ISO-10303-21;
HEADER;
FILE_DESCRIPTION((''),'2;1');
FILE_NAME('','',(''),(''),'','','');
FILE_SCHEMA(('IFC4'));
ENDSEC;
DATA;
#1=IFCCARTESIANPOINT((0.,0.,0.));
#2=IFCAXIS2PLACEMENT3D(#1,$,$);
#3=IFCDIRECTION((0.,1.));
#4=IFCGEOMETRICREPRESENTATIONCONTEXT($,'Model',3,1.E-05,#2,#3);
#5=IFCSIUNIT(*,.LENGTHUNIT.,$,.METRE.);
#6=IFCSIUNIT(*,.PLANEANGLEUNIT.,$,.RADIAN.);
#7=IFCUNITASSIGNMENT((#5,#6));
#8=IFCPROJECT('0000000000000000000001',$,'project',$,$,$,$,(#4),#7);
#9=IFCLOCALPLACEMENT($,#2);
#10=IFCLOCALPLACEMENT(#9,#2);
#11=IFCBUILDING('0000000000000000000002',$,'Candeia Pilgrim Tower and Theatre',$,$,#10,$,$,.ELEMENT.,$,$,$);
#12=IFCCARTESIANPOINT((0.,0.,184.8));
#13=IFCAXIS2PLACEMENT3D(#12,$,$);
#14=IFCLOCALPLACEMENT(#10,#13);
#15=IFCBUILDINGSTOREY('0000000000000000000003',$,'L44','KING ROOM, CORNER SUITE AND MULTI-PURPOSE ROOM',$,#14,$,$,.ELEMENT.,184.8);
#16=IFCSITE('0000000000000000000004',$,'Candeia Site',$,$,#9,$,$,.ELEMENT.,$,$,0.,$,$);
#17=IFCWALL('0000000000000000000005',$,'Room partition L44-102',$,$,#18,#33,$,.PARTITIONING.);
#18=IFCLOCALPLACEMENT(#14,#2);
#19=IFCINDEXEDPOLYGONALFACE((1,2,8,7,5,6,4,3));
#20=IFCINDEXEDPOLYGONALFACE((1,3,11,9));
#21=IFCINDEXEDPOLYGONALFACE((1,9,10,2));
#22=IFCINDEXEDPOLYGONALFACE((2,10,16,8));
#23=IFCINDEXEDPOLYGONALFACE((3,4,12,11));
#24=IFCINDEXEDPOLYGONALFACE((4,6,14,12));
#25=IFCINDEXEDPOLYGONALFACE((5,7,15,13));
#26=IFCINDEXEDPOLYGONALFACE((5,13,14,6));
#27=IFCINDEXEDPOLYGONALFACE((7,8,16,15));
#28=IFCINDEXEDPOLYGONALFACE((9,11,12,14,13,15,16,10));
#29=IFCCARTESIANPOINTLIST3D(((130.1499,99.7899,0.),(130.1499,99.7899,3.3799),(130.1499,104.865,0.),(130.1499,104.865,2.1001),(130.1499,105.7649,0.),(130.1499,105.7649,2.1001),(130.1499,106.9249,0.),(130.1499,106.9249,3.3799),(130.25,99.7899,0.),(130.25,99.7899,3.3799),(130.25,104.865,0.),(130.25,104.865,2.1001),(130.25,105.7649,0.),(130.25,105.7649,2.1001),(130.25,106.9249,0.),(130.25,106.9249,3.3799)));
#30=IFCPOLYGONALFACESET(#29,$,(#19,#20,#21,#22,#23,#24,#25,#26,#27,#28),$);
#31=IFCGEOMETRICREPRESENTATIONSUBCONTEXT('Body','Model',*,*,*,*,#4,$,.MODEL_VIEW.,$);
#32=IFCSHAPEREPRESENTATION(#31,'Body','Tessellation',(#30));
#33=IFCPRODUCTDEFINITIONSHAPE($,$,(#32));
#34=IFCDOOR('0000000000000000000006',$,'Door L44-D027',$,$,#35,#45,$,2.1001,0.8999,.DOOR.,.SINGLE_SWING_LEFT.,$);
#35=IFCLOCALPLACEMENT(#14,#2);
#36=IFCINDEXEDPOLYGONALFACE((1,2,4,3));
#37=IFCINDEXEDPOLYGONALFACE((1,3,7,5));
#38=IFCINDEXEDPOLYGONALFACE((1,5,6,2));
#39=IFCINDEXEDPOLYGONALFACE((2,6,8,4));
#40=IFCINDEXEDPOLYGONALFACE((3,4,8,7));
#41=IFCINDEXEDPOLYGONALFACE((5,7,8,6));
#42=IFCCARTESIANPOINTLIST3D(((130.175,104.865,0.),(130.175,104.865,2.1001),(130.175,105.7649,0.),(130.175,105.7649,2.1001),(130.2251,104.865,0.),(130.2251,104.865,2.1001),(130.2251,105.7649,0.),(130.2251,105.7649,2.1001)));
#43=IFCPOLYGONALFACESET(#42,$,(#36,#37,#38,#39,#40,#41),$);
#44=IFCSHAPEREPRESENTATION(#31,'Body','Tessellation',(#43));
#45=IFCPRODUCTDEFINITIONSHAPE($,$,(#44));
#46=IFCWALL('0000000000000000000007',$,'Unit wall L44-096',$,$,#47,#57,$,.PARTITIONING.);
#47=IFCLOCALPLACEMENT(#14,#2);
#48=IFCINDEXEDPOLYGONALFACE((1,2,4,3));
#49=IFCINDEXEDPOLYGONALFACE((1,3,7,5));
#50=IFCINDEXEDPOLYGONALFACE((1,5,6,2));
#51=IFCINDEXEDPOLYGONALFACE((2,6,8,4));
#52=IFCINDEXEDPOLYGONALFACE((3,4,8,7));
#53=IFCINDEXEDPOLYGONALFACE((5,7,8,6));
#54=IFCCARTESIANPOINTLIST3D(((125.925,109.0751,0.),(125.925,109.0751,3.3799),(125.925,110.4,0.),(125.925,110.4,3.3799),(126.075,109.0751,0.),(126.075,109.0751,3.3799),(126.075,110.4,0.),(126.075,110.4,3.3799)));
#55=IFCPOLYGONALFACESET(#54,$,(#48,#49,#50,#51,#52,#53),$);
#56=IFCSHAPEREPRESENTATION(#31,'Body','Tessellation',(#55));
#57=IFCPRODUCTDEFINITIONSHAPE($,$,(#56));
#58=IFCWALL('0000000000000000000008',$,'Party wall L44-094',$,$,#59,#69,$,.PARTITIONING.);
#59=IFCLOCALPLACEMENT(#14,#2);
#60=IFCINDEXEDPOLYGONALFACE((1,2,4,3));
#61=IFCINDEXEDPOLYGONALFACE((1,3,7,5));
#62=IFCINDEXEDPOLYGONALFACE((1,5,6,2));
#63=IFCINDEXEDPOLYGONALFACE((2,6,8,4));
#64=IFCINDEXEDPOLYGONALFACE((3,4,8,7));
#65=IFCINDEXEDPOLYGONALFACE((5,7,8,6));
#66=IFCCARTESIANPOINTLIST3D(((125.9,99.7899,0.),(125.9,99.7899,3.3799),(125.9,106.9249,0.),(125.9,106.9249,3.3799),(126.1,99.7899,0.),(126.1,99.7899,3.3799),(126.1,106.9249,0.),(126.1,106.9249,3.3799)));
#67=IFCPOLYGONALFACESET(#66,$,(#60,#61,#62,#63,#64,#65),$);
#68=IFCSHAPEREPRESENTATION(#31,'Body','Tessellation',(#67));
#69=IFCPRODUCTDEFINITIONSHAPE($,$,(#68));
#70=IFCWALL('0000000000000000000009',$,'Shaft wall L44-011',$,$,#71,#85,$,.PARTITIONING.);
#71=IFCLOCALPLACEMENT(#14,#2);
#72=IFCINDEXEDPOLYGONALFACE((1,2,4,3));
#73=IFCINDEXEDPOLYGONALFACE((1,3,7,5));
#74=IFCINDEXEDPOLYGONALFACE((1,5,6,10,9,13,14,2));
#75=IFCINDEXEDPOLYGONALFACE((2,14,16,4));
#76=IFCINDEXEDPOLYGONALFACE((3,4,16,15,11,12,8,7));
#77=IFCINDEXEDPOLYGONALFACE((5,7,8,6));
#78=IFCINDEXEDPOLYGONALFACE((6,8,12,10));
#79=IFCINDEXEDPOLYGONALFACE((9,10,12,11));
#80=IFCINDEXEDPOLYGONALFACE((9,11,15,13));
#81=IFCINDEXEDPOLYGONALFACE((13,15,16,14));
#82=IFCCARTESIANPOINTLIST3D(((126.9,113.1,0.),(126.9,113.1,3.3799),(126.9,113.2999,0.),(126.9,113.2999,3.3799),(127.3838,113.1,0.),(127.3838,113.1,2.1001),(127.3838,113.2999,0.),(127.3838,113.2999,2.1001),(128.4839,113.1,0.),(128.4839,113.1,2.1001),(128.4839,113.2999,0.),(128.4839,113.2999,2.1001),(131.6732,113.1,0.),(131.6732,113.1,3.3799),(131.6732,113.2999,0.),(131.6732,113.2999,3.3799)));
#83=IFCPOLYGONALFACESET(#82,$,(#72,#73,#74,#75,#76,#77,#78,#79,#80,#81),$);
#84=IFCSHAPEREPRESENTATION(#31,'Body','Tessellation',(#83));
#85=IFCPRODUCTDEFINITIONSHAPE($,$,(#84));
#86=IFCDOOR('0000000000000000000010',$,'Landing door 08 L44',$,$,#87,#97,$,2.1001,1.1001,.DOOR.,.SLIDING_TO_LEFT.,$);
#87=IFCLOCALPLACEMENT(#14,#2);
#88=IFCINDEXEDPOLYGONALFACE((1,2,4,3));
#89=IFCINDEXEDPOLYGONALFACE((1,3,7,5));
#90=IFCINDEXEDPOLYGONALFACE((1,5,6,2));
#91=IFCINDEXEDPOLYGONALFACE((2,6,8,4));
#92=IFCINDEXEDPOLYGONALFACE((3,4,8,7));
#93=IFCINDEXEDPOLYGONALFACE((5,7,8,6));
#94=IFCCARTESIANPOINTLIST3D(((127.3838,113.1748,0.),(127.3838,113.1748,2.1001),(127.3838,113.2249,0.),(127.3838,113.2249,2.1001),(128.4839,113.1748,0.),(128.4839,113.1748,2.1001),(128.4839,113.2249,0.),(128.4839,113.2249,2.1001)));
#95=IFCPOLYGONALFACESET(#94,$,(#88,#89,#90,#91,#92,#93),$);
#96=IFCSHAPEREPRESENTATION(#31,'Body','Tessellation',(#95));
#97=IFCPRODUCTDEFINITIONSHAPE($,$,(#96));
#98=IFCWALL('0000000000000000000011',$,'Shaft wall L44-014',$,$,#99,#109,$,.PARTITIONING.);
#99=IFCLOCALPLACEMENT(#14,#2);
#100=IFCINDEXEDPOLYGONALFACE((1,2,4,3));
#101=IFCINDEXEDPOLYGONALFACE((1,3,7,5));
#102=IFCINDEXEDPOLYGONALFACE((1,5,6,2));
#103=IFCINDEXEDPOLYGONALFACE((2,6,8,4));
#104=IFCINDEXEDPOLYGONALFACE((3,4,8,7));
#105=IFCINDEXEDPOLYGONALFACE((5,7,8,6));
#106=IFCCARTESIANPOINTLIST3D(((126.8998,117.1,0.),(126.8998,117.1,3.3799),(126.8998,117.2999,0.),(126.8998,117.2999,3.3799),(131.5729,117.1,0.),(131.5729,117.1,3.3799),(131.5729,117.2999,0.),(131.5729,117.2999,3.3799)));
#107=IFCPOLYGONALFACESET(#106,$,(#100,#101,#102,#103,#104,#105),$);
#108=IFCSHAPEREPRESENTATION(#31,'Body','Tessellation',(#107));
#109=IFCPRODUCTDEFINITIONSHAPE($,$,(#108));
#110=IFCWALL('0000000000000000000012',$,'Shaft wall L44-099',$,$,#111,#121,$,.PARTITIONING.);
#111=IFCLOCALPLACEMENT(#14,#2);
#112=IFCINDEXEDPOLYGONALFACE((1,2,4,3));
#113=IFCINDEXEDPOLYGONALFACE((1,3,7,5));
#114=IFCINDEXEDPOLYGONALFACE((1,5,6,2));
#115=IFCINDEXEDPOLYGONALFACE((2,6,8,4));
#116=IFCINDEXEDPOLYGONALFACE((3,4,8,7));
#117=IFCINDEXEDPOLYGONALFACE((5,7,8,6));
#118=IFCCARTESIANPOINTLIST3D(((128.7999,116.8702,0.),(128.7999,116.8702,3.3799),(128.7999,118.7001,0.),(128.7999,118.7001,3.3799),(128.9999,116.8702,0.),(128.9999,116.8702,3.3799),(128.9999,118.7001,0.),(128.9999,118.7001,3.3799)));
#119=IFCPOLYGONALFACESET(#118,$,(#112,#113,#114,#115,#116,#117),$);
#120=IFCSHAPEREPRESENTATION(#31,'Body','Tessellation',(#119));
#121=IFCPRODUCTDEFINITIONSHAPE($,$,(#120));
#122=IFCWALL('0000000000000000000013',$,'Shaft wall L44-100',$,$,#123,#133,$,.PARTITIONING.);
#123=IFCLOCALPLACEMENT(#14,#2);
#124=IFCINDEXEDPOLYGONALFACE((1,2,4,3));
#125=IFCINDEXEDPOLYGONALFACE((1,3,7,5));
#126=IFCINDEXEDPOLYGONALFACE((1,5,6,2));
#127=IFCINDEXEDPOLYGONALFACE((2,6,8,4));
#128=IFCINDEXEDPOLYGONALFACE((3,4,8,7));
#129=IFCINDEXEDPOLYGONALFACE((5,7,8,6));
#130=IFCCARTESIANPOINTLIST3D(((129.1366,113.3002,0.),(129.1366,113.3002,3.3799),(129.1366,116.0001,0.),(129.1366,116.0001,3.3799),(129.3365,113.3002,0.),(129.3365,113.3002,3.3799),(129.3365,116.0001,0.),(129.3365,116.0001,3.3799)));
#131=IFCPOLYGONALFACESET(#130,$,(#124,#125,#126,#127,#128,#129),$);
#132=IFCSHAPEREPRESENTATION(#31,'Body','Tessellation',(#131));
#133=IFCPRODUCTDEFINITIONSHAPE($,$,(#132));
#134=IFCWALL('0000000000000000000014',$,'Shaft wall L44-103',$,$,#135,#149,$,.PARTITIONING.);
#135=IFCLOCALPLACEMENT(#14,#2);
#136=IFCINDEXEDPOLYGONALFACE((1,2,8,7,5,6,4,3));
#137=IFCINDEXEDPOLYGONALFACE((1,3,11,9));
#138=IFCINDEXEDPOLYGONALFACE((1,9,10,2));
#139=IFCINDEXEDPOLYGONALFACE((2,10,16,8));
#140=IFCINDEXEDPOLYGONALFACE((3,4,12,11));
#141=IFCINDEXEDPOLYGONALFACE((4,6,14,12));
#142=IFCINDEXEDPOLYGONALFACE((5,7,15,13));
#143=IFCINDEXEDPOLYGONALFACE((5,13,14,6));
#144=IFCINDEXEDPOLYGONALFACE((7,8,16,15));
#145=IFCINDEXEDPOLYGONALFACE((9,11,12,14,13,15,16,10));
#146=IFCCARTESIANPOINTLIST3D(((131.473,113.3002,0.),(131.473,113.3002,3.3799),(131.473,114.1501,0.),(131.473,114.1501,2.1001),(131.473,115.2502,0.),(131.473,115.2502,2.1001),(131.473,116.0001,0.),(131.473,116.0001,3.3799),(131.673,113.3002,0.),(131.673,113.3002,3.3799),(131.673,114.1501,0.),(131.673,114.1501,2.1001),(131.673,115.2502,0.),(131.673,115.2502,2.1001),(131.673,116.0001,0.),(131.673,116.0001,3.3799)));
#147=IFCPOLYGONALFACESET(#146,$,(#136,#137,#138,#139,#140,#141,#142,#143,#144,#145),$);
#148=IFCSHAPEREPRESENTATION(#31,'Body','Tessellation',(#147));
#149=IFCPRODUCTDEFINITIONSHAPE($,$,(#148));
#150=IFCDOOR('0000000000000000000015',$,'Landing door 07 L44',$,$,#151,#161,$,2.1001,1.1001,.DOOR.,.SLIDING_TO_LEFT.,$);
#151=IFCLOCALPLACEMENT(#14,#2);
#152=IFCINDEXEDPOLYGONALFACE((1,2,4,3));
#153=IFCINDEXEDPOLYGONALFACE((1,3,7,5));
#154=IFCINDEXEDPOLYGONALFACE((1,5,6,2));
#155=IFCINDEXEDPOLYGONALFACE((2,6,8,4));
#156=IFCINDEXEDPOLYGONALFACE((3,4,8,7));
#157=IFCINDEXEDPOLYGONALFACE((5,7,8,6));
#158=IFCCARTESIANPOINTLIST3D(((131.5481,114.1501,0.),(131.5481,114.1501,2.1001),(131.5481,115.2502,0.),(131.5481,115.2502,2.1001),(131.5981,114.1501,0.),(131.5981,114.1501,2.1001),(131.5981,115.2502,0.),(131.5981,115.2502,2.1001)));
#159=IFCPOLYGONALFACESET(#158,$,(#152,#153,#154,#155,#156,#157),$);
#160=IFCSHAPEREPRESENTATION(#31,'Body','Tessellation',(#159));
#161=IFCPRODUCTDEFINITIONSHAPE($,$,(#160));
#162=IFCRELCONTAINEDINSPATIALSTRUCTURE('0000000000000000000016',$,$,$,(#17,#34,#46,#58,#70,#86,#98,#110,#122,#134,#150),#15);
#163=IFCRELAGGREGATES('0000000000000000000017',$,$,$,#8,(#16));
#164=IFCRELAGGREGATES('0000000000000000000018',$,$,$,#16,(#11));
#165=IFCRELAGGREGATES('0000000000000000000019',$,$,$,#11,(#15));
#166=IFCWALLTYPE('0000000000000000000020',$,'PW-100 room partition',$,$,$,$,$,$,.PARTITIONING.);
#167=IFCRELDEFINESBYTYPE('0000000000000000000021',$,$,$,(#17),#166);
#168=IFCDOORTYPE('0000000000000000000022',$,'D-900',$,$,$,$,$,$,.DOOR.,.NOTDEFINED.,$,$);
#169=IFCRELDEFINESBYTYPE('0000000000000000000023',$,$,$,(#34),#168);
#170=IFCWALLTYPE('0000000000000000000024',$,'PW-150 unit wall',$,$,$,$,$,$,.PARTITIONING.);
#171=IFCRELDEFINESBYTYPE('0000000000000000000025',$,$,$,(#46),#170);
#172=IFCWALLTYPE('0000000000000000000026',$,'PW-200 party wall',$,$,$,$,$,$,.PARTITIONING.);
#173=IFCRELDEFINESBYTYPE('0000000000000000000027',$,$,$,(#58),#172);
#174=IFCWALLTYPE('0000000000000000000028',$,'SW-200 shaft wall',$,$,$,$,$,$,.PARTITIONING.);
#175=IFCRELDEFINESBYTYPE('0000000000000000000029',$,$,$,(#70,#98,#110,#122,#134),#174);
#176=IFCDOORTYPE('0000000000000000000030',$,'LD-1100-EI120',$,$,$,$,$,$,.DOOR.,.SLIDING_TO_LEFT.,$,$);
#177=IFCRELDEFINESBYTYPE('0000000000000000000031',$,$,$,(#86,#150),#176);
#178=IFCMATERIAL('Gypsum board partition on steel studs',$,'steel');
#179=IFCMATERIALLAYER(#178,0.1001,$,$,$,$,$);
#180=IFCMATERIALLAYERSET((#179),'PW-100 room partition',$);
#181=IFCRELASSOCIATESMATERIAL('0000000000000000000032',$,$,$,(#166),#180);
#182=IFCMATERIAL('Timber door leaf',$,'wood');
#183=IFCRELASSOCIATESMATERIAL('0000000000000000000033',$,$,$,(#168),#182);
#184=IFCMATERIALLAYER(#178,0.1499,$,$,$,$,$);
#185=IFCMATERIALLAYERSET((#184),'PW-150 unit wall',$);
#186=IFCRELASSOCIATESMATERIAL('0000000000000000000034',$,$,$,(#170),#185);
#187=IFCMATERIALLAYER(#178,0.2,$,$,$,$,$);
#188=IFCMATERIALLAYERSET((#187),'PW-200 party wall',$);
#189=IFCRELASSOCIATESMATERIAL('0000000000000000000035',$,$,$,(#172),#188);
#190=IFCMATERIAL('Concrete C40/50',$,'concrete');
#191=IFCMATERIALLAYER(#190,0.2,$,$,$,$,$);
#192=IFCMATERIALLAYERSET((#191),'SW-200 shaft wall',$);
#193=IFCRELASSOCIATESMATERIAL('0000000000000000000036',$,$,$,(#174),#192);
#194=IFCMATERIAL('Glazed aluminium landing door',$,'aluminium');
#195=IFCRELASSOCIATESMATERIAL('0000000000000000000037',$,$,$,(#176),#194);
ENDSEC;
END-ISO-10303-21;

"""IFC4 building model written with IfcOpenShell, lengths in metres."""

from ifc_helpers import new_model, si_unit, direction, frame, frame_2d, origin, place, context, subcontext, project, spatial, rectangle, extrude, material, layer, layer_set, type_object, element, fill, save


model = new_model("IFC4")

# Units and contexts
model_context = context("Model", 3, precision=1e-05, world=origin(), true_north=direction((0.0, 1.0)))
body_context = subcontext(model_context, "Body", "Model", "MODEL_VIEW")
ifc_project = project(units=[si_unit("LENGTHUNIT", "METRE"), si_unit("PLANEANGLEUNIT", "RADIAN")], contexts=[model_context])

# Site, building, storey
site_placement = place(None, origin())
site = spatial("IfcSite", under=ifc_project, at=site_placement, Name="Candeia Site", CompositionType="ELEMENT", RefElevation=0.0)
building_placement = place(site_placement, origin())
building = spatial("IfcBuilding", under=site, at=building_placement, Name="Candeia Pilgrim Tower and Theatre", CompositionType="ELEMENT")
storey_placement = place(building_placement, frame((0.0, 0.0, 184.8)))
storey = spatial("IfcBuildingStorey", under=building, at=storey_placement, Name="L44", Description="KING ROOM, CORNER SUITE AND MULTI-PURPOSE ROOM", CompositionType="ELEMENT", Elevation=184.8)

# Shared definitions
ifc_material_1 = material(Name="Gypsum board partition on steel studs", Category="steel")
ifc_layer_1 = layer(ifc_material_1, 0.1001)
ifc_layer_set_1 = layer_set([ifc_layer_1], Name="PW-100 room partition")
wall_type_1 = type_object("IfcWallType", Name="PW-100 room partition", PredefinedType="PARTITIONING", material=ifc_layer_set_1)
ifc_material_2 = material(Name="Timber door leaf", Category="wood")

# Wall, opening, door
wall_1_placement = place(storey_placement, frame((130.2, 99.79, 0.0), z_axis=(0.0, 0.0, 1.0), x_axis=(0.0, 1.0, 0.0)))
wall_1 = element("IfcWall", 1, at=wall_1_placement, inside=storey, type_object=wall_type_1, Name="Room partition L44-102", PredefinedType="PARTITIONING", context=body_context, shape_type="SweptSolid", body=[
    extrude(rectangle(XDim=7.135, YDim=0.1001, at=frame_2d((3.5674, 0.0))), origin(), (0.0, 0.0, 1.0), 3.3799),
])
opening_1_placement = place(wall_1_placement, frame((5.075, 0.0, 0.0)))
opening_1 = element("IfcOpeningElement", 2, at=opening_1_placement, cuts=wall_1, PredefinedType="OPENING", context=body_context, shape_type="SweptSolid", body=[
    extrude(rectangle(XDim=0.8999, YDim=2.1001, at=frame_2d((0.45, 1.05))), frame((0.0, 0.0601, 0.0), z_axis=(0.0, -1.0, 0.0), x_axis=(1.0, 0.0, 0.0)), (0.0, 0.0, 1.0), 0.1201),
])
door_type_1 = type_object("IfcDoorType", Name="D-900", OperationType="NOTDEFINED", PredefinedType="DOOR", material=ifc_material_2)
door_1_placement = place(opening_1_placement, origin())
door_1 = element("IfcDoor", 3, at=door_1_placement, inside=storey, type_object=door_type_1, Name="Door L44-D027", OperationType="SINGLE_SWING_LEFT", OverallHeight=2.1001, OverallWidth=0.8999, PredefinedType="DOOR", context=body_context, shape_type="SweptSolid", body=[
    extrude(rectangle(XDim=0.8999, YDim=2.1001, at=frame_2d((0.45, 1.05))), frame((0.0, 0.0249, 0.0), z_axis=(0.0, -1.0, 0.0), x_axis=(1.0, 0.0, 0.0)), (0.0, 0.0, 1.0), 0.05),
])
fill(opening_1, door_1)

# Walls
ifc_layer_2 = layer(ifc_material_1, 0.1499)
ifc_layer_set_2 = layer_set([ifc_layer_2], Name="PW-150 unit wall")
wall_type_2 = type_object("IfcWallType", Name="PW-150 unit wall", PredefinedType="PARTITIONING", material=ifc_layer_set_2)
wall_2_placement = place(storey_placement, frame((126.0, 109.075, 0.0), z_axis=(0.0, 0.0, 1.0), x_axis=(0.0, 1.0, 0.0)))
element("IfcWall", 4, at=wall_2_placement, inside=storey, type_object=wall_type_2, Name="Unit wall L44-096", PredefinedType="PARTITIONING", context=body_context, shape_type="SweptSolid", body=[
    extrude(rectangle(XDim=1.325, YDim=0.1499, at=frame_2d((0.6626, 0.0))), origin(), (0.0, 0.0, 1.0), 3.3799),
])
ifc_layer_3 = layer(ifc_material_1, 0.2)
ifc_layer_set_3 = layer_set([ifc_layer_3], Name="PW-200 party wall")
wall_type_3 = type_object("IfcWallType", Name="PW-200 party wall", PredefinedType="PARTITIONING", material=ifc_layer_set_3)
wall_3_placement = place(storey_placement, frame((126.0, 99.79, 0.0), z_axis=(0.0, 0.0, 1.0), x_axis=(0.0, 1.0, 0.0)))
element("IfcWall", 5, at=wall_3_placement, inside=storey, type_object=wall_type_3, Name="Party wall L44-094", PredefinedType="PARTITIONING", context=body_context, shape_type="SweptSolid", body=[
    extrude(rectangle(XDim=7.135, YDim=0.2, at=frame_2d((3.5674, 0.0))), origin(), (0.0, 0.0, 1.0), 3.3799),
])

# Wall, opening, door
ifc_material_3 = material(Name="Concrete C40/50", Category="concrete")
ifc_layer_4 = layer(ifc_material_3, 0.2)
ifc_layer_set_4 = layer_set([ifc_layer_4], Name="SW-200 shaft wall")
wall_type_4 = type_object("IfcWallType", Name="SW-200 shaft wall", PredefinedType="PARTITIONING", material=ifc_layer_set_4)
wall_4_placement = place(storey_placement, frame((126.8999, 113.2, 0.0), z_axis=(0.0, 0.0, 1.0), x_axis=(1.0, 0.0, 0.0)))
wall_4 = element("IfcWall", 6, at=wall_4_placement, inside=storey, type_object=wall_type_4, Name="Shaft wall L44-011", PredefinedType="PARTITIONING", context=body_context, shape_type="SweptSolid", body=[
    extrude(rectangle(XDim=4.7732, YDim=0.2, at=frame_2d((2.3867, 0.0))), origin(), (0.0, 0.0, 1.0), 3.3799),
])
opening_2_placement = place(wall_4_placement, frame((0.4839, 0.0, 0.0)))
opening_2 = element("IfcOpeningElement", 7, at=opening_2_placement, cuts=wall_4, PredefinedType="OPENING", context=body_context, shape_type="SweptSolid", body=[
    extrude(rectangle(XDim=1.1001, YDim=2.1001, at=frame_2d((0.55, 1.05))), frame((0.0, 0.1099, 0.0), z_axis=(0.0, -1.0, 0.0), x_axis=(1.0, 0.0, 0.0)), (0.0, 0.0, 1.0), 0.22),
])
ifc_material_4 = material(Name="Glazed aluminium landing door", Category="aluminium")
door_type_2 = type_object("IfcDoorType", Name="LD-1100-EI120", OperationType="SLIDING_TO_LEFT", PredefinedType="DOOR", material=ifc_material_4)
door_2_placement = place(opening_2_placement, origin())
door_2 = element("IfcDoor", 8, at=door_2_placement, inside=storey, type_object=door_type_2, Name="Landing door 08 L44", OperationType="SLIDING_TO_LEFT", OverallHeight=2.1001, OverallWidth=1.1001, PredefinedType="DOOR", context=body_context, shape_type="SweptSolid", body=[
    extrude(rectangle(XDim=1.1001, YDim=2.1001, at=frame_2d((0.55, 1.05))), frame((0.0, 0.0249, 0.0), z_axis=(0.0, -1.0, 0.0), x_axis=(1.0, 0.0, 0.0)), (0.0, 0.0, 1.0), 0.05),
])
fill(opening_2, door_2)

# Walls
wall_5_placement = place(storey_placement, frame((126.8999, 117.2, 0.0), z_axis=(0.0, 0.0, 1.0), x_axis=(1.0, 0.0, 0.0)))
element("IfcWall", 9, at=wall_5_placement, inside=storey, type_object=wall_type_4, Name="Shaft wall L44-014", PredefinedType="PARTITIONING", context=body_context, shape_type="SweptSolid", body=[
    extrude(rectangle(XDim=4.6731, YDim=0.2, at=frame_2d((2.3364, 0.0))), origin(), (0.0, 0.0, 1.0), 3.3799),
])
wall_6_placement = place(storey_placement, frame((128.8999, 116.8701, 0.0), z_axis=(0.0, 0.0, 1.0), x_axis=(0.0, 1.0, 0.0)))
element("IfcWall", 10, at=wall_6_placement, inside=storey, type_object=wall_type_4, Name="Shaft wall L44-099", PredefinedType="PARTITIONING", context=body_context, shape_type="SweptSolid", body=[
    extrude(rectangle(XDim=1.8298, YDim=0.2, at=frame_2d((0.915, 0.0))), origin(), (0.0, 0.0, 1.0), 3.3799),
])
wall_7_placement = place(storey_placement, frame((129.2366, 113.3, 0.0), z_axis=(0.0, 0.0, 1.0), x_axis=(0.0, 1.0, 0.0)))
element("IfcWall", 11, at=wall_7_placement, inside=storey, type_object=wall_type_4, Name="Shaft wall L44-100", PredefinedType="PARTITIONING", context=body_context, shape_type="SweptSolid", body=[
    extrude(rectangle(XDim=2.7, YDim=0.2, at=frame_2d((1.3501, 0.0))), origin(), (0.0, 0.0, 1.0), 3.3799),
])

# Wall, opening, door
wall_8_placement = place(storey_placement, frame((131.573, 113.3, 0.0), z_axis=(0.0, 0.0, 1.0), x_axis=(0.0, 1.0, 0.0)))
wall_8 = element("IfcWall", 12, at=wall_8_placement, inside=storey, type_object=wall_type_4, Name="Shaft wall L44-103", PredefinedType="PARTITIONING", context=body_context, shape_type="SweptSolid", body=[
    extrude(rectangle(XDim=2.7, YDim=0.2, at=frame_2d((1.3501, 0.0))), origin(), (0.0, 0.0, 1.0), 3.3799),
])
opening_3_placement = place(wall_8_placement, frame((0.8501, 0.0, 0.0)))
opening_3 = element("IfcOpeningElement", 13, at=opening_3_placement, cuts=wall_8, PredefinedType="OPENING", context=body_context, shape_type="SweptSolid", body=[
    extrude(rectangle(XDim=1.1001, YDim=2.1001, at=frame_2d((0.55, 1.05))), frame((0.0, 0.1099, 0.0), z_axis=(0.0, -1.0, 0.0), x_axis=(1.0, 0.0, 0.0)), (0.0, 0.0, 1.0), 0.22),
])
door_3_placement = place(opening_3_placement, origin())
door_3 = element("IfcDoor", 14, at=door_3_placement, inside=storey, type_object=door_type_2, Name="Landing door 07 L44", OperationType="SLIDING_TO_LEFT", OverallHeight=2.1001, OverallWidth=1.1001, PredefinedType="DOOR", context=body_context, shape_type="SweptSolid", body=[
    extrude(rectangle(XDim=1.1001, YDim=2.1001, at=frame_2d((0.55, 1.05))), frame((0.0, 0.0249, 0.0), z_axis=(0.0, -1.0, 0.0), x_axis=(1.0, 0.0, 0.0)), (0.0, 0.0, 1.0), 0.05),
])
fill(opening_3, door_3)

save(model, "model.ifc")
